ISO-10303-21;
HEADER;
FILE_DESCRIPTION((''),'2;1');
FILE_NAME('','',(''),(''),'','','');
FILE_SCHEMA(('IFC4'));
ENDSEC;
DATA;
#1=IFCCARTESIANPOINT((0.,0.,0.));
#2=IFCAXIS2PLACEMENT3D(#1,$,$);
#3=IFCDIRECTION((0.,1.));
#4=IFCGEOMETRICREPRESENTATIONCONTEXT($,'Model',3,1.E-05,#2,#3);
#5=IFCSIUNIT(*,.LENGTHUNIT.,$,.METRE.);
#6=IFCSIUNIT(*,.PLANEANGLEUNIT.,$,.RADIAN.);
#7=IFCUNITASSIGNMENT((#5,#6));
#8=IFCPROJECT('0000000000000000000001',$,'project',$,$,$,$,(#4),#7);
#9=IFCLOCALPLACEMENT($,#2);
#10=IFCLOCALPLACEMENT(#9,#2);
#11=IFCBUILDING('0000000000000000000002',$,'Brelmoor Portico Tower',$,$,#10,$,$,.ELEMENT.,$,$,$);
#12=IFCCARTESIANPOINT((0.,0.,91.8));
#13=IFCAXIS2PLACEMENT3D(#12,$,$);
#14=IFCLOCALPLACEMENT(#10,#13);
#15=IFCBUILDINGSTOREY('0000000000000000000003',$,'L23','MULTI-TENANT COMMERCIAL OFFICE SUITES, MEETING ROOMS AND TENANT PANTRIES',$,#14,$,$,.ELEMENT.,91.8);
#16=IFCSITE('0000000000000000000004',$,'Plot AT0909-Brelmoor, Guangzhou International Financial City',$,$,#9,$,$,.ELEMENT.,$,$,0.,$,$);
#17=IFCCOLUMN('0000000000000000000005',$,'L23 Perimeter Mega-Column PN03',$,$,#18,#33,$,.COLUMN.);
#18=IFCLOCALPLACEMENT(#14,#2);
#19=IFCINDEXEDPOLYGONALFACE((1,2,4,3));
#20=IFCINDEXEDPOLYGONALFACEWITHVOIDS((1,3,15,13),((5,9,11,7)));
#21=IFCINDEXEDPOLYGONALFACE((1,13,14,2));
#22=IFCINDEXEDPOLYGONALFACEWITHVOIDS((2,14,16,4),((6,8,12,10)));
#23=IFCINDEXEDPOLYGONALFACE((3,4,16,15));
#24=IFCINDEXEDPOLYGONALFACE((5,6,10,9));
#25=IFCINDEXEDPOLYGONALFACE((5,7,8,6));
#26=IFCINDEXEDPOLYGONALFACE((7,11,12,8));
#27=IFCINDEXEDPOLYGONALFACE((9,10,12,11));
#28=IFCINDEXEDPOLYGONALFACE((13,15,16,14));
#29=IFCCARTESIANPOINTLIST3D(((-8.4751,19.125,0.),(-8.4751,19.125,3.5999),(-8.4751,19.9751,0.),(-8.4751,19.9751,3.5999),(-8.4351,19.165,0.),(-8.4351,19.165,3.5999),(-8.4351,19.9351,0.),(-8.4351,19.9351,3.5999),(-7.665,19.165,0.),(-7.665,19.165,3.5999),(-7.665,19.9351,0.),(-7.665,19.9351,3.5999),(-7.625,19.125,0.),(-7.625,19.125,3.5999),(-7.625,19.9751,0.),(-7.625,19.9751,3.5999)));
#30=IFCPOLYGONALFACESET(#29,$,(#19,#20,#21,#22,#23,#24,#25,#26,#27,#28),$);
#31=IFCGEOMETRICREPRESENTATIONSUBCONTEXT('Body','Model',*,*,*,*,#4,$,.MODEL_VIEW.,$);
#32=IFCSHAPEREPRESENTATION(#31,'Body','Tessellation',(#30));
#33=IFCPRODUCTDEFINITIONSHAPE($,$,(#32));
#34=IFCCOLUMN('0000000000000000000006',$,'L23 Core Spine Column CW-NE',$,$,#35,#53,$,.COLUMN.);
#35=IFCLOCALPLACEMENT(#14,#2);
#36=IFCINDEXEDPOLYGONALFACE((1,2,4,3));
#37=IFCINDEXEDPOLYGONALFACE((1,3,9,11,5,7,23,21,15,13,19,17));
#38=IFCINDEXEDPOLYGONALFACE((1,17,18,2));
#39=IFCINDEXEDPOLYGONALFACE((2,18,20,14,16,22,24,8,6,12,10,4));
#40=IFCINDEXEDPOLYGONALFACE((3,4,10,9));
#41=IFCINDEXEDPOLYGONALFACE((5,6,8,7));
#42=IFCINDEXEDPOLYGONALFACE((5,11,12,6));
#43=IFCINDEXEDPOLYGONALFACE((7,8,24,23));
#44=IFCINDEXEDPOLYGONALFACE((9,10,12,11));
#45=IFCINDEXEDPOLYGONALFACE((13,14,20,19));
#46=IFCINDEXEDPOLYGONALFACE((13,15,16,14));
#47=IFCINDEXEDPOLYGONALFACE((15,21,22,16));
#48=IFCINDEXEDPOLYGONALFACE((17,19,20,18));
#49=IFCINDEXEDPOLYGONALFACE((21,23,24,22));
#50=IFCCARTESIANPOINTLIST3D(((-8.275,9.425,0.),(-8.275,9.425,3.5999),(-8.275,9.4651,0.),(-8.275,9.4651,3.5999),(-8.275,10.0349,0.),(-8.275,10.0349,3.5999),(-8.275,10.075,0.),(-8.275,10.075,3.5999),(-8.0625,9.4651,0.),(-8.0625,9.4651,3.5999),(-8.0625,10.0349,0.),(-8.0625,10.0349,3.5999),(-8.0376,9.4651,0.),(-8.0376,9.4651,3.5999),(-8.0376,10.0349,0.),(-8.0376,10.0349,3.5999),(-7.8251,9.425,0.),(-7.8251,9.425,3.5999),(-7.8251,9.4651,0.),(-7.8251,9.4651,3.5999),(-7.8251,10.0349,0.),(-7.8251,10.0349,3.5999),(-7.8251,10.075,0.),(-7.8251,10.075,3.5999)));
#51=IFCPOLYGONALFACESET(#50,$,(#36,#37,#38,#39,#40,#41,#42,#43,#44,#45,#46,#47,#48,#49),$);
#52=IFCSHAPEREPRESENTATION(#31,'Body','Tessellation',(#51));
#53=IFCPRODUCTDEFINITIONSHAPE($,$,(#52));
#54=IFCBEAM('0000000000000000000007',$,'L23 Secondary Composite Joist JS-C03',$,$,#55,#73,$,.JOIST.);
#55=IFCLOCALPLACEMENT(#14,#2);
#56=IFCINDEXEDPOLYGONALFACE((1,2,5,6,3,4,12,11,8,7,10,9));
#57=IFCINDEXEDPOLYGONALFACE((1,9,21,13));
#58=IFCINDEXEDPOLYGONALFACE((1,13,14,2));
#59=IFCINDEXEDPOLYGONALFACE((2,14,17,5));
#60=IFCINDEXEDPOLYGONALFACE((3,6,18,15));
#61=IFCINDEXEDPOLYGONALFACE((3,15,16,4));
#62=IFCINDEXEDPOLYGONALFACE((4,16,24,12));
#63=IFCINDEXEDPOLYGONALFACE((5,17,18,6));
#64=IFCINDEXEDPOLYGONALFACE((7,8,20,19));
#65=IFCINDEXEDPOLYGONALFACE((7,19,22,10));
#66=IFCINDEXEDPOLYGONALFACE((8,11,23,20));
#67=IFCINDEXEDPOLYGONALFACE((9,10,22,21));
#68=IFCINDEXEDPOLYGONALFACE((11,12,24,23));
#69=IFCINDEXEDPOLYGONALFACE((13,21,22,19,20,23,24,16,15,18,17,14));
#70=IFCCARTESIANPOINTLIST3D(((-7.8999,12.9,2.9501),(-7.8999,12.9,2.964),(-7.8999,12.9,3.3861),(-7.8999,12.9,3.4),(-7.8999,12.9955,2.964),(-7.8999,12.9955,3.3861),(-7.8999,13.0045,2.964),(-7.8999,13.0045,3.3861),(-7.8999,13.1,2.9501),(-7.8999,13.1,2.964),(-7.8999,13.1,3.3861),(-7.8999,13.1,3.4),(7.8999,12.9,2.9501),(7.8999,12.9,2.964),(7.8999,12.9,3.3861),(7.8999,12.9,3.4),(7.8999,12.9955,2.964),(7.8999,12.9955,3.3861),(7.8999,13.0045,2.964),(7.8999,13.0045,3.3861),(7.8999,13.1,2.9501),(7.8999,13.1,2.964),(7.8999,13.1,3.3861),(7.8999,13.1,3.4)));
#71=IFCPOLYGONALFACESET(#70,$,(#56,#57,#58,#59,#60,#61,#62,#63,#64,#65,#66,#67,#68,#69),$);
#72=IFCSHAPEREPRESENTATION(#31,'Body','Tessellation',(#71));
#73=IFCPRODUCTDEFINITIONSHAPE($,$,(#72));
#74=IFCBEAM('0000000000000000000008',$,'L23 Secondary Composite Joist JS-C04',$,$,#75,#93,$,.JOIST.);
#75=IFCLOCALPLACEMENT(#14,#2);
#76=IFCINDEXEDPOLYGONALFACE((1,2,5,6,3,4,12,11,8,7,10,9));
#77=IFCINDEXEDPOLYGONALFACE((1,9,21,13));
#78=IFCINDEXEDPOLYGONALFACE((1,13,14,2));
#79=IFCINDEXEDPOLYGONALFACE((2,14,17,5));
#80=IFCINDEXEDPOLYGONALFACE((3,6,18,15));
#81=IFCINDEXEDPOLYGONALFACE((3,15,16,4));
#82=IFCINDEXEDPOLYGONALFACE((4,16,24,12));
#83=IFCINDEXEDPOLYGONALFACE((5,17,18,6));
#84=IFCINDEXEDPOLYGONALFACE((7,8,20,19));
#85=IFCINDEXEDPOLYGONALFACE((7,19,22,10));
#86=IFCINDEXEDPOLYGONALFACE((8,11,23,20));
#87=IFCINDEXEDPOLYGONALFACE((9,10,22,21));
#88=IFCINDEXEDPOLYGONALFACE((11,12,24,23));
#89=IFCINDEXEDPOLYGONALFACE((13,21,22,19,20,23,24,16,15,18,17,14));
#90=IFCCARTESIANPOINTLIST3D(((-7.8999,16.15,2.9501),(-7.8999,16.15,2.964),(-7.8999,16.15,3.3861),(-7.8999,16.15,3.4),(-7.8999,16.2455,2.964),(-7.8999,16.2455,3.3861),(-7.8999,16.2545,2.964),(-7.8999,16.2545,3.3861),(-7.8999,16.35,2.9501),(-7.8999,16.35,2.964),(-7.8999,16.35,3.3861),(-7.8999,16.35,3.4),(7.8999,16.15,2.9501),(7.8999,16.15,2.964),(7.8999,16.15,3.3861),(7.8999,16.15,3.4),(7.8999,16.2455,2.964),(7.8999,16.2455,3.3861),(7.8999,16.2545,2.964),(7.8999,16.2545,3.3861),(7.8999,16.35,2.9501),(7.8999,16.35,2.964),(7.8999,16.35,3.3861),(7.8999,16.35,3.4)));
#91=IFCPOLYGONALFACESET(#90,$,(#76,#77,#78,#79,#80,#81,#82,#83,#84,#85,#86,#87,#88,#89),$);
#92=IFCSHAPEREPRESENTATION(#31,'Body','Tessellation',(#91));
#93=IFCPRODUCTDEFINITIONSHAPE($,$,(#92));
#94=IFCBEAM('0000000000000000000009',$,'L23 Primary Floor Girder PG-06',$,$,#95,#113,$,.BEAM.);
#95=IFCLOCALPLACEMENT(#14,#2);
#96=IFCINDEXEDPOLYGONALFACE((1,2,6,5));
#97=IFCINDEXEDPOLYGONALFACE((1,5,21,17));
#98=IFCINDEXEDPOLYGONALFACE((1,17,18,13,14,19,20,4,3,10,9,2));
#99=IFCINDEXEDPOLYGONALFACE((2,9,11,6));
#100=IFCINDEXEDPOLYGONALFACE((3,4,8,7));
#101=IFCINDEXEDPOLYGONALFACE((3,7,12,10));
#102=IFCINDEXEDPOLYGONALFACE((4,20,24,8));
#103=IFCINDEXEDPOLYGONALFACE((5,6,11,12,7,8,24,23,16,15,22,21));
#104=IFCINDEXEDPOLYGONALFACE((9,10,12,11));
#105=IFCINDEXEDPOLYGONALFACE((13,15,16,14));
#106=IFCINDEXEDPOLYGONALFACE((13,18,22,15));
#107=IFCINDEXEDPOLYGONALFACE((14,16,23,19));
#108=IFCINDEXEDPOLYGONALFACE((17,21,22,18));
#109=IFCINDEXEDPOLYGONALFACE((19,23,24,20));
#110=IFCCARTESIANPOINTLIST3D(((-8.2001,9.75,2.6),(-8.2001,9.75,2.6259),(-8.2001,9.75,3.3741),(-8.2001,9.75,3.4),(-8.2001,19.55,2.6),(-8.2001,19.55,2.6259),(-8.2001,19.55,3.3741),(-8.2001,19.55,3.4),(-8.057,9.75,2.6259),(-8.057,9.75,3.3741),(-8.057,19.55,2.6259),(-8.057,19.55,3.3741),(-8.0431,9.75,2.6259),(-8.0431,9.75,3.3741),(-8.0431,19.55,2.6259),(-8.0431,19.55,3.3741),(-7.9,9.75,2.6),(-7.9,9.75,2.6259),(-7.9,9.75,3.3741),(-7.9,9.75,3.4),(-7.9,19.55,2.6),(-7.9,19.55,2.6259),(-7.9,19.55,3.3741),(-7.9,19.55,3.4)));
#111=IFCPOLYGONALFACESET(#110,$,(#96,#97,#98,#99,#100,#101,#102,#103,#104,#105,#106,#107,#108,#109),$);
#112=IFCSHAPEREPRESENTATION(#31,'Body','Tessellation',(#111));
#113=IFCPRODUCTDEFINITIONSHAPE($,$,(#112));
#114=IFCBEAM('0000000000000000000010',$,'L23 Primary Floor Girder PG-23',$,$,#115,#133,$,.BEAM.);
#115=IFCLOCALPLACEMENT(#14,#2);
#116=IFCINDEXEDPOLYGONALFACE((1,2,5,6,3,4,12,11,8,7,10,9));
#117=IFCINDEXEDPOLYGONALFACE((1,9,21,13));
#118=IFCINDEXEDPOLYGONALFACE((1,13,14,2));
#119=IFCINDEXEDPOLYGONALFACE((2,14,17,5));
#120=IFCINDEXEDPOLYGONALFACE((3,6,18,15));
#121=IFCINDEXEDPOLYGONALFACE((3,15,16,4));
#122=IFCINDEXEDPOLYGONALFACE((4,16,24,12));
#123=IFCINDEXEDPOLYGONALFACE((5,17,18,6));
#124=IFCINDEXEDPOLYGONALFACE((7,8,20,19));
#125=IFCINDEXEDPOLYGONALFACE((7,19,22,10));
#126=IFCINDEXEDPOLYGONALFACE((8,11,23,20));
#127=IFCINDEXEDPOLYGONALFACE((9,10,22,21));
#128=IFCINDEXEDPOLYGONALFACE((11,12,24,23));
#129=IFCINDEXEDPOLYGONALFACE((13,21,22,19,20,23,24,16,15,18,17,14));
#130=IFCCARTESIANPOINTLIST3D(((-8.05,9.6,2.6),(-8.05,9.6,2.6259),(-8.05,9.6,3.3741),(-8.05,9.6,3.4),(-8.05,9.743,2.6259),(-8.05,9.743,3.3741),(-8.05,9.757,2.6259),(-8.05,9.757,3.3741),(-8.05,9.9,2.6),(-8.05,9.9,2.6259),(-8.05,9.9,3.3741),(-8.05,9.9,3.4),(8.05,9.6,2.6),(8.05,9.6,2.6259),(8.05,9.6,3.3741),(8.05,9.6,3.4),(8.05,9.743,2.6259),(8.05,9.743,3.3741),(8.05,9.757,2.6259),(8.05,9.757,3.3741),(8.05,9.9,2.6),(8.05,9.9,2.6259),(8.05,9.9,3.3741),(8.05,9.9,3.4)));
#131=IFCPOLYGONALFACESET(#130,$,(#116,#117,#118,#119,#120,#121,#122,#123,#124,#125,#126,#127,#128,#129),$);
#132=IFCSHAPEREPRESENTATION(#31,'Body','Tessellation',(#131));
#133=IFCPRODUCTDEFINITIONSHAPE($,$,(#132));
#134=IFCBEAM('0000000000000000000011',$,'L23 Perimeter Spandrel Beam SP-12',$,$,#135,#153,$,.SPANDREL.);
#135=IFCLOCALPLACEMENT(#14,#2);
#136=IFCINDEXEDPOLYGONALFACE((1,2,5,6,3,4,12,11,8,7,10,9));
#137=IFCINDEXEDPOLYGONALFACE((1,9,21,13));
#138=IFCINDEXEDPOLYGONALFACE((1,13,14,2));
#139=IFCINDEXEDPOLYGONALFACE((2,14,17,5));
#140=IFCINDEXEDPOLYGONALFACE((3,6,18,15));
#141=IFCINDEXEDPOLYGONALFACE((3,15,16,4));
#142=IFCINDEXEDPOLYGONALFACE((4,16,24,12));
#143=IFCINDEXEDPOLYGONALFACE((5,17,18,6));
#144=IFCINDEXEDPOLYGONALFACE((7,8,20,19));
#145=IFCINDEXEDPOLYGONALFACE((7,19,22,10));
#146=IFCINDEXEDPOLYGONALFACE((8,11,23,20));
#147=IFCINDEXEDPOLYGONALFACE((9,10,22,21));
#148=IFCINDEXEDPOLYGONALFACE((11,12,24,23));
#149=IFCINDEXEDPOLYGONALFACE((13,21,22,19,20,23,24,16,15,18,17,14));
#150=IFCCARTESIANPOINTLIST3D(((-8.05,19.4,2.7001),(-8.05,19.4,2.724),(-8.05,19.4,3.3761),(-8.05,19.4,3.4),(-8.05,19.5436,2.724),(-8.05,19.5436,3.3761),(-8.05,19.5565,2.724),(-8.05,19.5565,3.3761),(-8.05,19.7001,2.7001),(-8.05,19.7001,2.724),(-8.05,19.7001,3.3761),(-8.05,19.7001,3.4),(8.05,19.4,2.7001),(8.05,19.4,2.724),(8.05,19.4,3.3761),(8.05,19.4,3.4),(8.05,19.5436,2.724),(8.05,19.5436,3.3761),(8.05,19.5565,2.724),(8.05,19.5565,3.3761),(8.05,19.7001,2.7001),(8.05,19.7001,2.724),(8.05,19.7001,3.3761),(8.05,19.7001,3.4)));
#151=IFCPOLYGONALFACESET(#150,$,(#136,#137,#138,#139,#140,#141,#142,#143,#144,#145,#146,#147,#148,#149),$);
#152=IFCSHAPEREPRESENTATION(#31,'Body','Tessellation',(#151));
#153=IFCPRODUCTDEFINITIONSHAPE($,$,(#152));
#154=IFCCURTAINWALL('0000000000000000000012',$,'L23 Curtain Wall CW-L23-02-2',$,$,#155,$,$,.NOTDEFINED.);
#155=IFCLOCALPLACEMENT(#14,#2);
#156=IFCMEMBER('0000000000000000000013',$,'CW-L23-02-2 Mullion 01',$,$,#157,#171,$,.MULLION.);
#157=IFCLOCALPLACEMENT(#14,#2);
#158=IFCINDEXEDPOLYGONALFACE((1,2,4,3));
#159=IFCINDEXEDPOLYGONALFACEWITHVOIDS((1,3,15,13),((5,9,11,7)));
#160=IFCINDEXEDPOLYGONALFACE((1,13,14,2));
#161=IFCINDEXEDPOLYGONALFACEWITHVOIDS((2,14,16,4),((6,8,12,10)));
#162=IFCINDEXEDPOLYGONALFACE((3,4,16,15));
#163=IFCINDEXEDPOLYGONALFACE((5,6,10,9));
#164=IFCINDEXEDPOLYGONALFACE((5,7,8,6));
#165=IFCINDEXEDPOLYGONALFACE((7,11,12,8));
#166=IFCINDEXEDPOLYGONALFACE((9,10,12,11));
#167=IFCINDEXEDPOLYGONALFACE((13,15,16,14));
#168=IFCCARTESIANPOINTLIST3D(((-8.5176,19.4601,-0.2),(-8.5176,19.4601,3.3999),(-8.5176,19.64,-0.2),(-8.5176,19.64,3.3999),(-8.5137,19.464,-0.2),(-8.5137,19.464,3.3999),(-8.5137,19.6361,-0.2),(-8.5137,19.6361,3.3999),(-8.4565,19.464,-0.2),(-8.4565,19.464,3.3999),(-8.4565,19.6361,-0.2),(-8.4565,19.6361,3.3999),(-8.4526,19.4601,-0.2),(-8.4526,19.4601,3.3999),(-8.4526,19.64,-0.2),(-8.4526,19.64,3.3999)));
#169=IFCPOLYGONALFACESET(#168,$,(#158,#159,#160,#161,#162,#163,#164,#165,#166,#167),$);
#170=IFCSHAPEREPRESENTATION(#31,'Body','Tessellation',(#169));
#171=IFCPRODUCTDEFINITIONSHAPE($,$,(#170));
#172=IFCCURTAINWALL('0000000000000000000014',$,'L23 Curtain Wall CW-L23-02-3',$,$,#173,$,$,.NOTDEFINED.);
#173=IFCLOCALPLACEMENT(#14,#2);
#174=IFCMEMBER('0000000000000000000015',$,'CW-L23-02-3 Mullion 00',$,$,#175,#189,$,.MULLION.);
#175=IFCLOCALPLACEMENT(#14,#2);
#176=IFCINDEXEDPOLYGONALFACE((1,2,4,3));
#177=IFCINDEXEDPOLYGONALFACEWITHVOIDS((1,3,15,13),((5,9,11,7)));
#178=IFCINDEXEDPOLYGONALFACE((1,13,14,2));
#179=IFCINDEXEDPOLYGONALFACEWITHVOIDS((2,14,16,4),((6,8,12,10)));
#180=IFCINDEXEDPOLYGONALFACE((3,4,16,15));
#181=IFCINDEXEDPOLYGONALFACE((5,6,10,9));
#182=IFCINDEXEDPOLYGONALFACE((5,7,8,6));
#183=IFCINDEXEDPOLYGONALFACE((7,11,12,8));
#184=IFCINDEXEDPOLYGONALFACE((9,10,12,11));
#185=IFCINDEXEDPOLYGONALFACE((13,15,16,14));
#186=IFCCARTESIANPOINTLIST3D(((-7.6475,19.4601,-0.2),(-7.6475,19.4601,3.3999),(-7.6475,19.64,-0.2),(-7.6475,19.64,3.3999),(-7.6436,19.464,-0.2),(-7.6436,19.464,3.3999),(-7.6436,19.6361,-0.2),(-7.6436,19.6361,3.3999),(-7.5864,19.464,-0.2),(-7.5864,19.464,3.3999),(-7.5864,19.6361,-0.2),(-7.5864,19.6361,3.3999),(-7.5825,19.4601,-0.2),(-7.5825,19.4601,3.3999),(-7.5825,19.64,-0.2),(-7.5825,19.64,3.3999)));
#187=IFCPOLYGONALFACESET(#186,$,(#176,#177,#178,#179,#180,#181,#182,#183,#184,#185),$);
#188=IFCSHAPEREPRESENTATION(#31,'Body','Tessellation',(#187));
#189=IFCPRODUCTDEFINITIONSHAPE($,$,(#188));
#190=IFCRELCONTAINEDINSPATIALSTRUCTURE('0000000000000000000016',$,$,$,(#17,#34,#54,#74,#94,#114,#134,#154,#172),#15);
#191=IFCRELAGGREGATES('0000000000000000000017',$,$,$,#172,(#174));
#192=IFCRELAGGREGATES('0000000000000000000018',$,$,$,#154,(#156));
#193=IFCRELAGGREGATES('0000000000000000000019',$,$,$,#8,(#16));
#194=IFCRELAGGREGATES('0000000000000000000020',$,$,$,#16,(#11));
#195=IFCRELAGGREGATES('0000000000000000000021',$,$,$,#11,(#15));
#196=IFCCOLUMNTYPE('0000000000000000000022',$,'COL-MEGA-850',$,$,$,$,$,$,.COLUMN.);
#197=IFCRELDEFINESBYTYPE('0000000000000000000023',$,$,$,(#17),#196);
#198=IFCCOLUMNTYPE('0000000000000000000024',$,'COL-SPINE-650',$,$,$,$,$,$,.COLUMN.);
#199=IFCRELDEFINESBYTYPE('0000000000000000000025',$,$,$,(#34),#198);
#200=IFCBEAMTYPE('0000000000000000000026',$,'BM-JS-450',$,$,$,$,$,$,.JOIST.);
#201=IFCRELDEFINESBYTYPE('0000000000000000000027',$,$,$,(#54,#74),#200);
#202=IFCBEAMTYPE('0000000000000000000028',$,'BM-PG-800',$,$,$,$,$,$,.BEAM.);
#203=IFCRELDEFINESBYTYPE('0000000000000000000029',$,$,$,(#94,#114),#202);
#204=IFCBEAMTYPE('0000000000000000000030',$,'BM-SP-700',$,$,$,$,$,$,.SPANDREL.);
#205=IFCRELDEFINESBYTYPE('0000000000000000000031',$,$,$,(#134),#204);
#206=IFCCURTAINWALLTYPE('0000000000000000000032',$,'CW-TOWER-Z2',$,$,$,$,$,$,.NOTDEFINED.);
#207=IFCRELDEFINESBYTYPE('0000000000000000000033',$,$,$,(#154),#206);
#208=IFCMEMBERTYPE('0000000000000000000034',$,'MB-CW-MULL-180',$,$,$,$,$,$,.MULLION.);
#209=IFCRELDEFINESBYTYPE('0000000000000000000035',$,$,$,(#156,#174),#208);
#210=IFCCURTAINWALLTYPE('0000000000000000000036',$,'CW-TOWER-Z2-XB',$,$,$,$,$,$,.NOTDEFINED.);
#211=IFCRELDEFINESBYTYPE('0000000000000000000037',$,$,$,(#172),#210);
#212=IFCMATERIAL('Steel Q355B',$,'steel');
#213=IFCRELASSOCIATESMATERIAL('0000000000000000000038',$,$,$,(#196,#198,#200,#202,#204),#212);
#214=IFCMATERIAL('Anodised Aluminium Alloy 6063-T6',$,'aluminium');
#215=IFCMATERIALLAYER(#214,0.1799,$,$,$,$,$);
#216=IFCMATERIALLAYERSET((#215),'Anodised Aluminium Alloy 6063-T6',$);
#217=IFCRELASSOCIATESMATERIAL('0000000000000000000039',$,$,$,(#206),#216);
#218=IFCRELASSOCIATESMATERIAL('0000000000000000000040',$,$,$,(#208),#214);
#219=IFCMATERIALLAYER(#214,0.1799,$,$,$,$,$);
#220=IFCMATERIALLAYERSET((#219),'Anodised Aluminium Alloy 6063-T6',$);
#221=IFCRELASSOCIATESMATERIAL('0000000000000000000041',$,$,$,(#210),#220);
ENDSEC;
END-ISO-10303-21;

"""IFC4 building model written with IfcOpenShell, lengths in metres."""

from ifc_helpers import new_model, si_unit, direction, frame, origin, origin_2d, place, context, subcontext, project, spatial, hollow_rectangle, i_section, extrude, material, layer, layer_set, material_profile, profile_set, type_object, element, aggregate, save


model = new_model("IFC4")

# Units and contexts
model_context = context("Model", 3, precision=1e-05, world=origin(), true_north=direction((0.0, 1.0)))
body_context = subcontext(model_context, "Body", "Model", "MODEL_VIEW")
ifc_project = project(units=[si_unit("LENGTHUNIT", "METRE"), si_unit("PLANEANGLEUNIT", "RADIAN")], contexts=[model_context])

# Site, building, storey
site_placement = place(None, origin())
site = spatial("IfcSite", under=ifc_project, at=site_placement, Name="Plot AT0909-Brelmoor, Guangzhou International Financial City", CompositionType="ELEMENT", RefElevation=0.0)
building_placement = place(site_placement, origin())
building = spatial("IfcBuilding", under=site, at=building_placement, Name="Brelmoor Portico Tower", CompositionType="ELEMENT")
storey_placement = place(building_placement, frame((0.0, 0.0, 91.8)))
storey = spatial("IfcBuildingStorey", under=building, at=storey_placement, Name="L23", Description="MULTI-TENANT COMMERCIAL OFFICE SUITES, MEETING ROOMS AND TENANT PANTRIES", CompositionType="ELEMENT", Elevation=91.8)

# Columns
ifc_material_1 = material(Name="Steel Q355B", Category="steel")
ifc_material_profile_1 = material_profile(ifc_material_1, hollow_rectangle(XDim=0.8501, YDim=0.8501, WallThickness=0.04, at=origin_2d()), Name="BOX 850x850x40")
ifc_profile_set_1 = profile_set([ifc_material_profile_1], Name="Steel Q355B")
column_type_1 = type_object("IfcColumnType", Name="COL-MEGA-850", PredefinedType="COLUMN", material=ifc_profile_set_1)
column_1_placement = place(storey_placement, frame((-8.05, 19.55, 0.0), z_axis=(0.0, 0.0, 1.0), x_axis=(1.0, 0.0, 0.0)))
element("IfcColumn", 1, at=column_1_placement, inside=storey, type_object=column_type_1, Name="L23 Perimeter Mega-Column PN03", PredefinedType="COLUMN", context=body_context, shape_type="SweptSolid", body=[
    extrude(hollow_rectangle(XDim=0.8501, YDim=0.8501, WallThickness=0.04, at=origin_2d()), origin(), (0.0, 0.0, 1.0), 3.5999),
])
ifc_material_profile_2 = material_profile(ifc_material_1, i_section(OverallWidth=0.45, OverallDepth=0.6499, WebThickness=0.0249, FlangeThickness=0.04, at=origin_2d()), Name="HW 650x450x25x40")
ifc_profile_set_2 = profile_set([ifc_material_profile_2], Name="Steel Q355B")
column_type_2 = type_object("IfcColumnType", Name="COL-SPINE-650", PredefinedType="COLUMN", material=ifc_profile_set_2)
column_2_placement = place(storey_placement, frame((-8.05, 9.75, 0.0), z_axis=(0.0, 0.0, 1.0), x_axis=(1.0, 0.0, 0.0)))
element("IfcColumn", 2, at=column_2_placement, inside=storey, type_object=column_type_2, Name="L23 Core Spine Column CW-NE", PredefinedType="COLUMN", context=body_context, shape_type="SweptSolid", body=[
    extrude(i_section(OverallWidth=0.45, OverallDepth=0.6499, WebThickness=0.0249, FlangeThickness=0.04, at=origin_2d()), origin(), (0.0, 0.0, 1.0), 3.5999),
])

# Beams
ifc_material_profile_3 = material_profile(ifc_material_1, i_section(OverallWidth=0.2, OverallDepth=0.45, WebThickness=0.009, FlangeThickness=0.0139, at=origin_2d()), Name="HN 450x200x9x14")
ifc_profile_set_3 = profile_set([ifc_material_profile_3], Name="Steel Q355B")
beam_type_1 = type_object("IfcBeamType", Name="BM-JS-450", PredefinedType="JOIST", material=ifc_profile_set_3)
for number, where, z_axis, x_axis, name in (
    (3, (-7.8999, 13.0, 3.175), (1.0, 0.0, 0.0), (0.0, 1.0, 0.0), "L23 Secondary Composite Joist JS-C03"),
    (4, (-7.8999, 16.25, 3.175), (1.0, 0.0, 0.0), (0.0, 1.0, 0.0), "L23 Secondary Composite Joist JS-C04"),
):
    element("IfcBeam", number, at=place(storey_placement, frame(where, z_axis=z_axis, x_axis=x_axis)), inside=storey, type_object=beam_type_1, Name=name, PredefinedType="JOIST", context=body_context, shape_type="SweptSolid", body=[
        extrude(i_section(OverallWidth=0.2, OverallDepth=0.45, WebThickness=0.009, FlangeThickness=0.0139, at=origin_2d()), origin(), (0.0, 0.0, 1.0), 15.7998),
    ])
ifc_material_profile_4 = material_profile(ifc_material_1, i_section(OverallWidth=0.3, OverallDepth=0.8, WebThickness=0.0139, FlangeThickness=0.0259, at=origin_2d()), Name="HN 800x300x14x26")
ifc_profile_set_4 = profile_set([ifc_material_profile_4], Name="Steel Q355B")
beam_type_2 = type_object("IfcBeamType", Name="BM-PG-800", PredefinedType="BEAM", material=ifc_profile_set_4)
beam_1_placement = place(storey_placement, frame((-8.05, 9.75, 3.0), z_axis=(0.0, 1.0, 0.0), x_axis=(-1.0, 0.0, 0.0)))
element("IfcBeam", 5, at=beam_1_placement, inside=storey, type_object=beam_type_2, Name="L23 Primary Floor Girder PG-06", PredefinedType="BEAM", context=body_context, shape_type="SweptSolid", body=[
    extrude(i_section(OverallWidth=0.3, OverallDepth=0.8, WebThickness=0.0139, FlangeThickness=0.0259, at=origin_2d()), origin(), (0.0, 0.0, 1.0), 9.8),
])
beam_2_placement = place(storey_placement, frame((-8.05, 9.75, 3.0), z_axis=(1.0, 0.0, 0.0), x_axis=(0.0, 1.0, 0.0)))
element("IfcBeam", 6, at=beam_2_placement, inside=storey, type_object=beam_type_2, Name="L23 Primary Floor Girder PG-23", PredefinedType="BEAM", context=body_context, shape_type="SweptSolid", body=[
    extrude(i_section(OverallWidth=0.3, OverallDepth=0.8, WebThickness=0.0139, FlangeThickness=0.0259, at=origin_2d()), origin(), (0.0, 0.0, 1.0), 16.1001),
])
ifc_material_profile_5 = material_profile(ifc_material_1, i_section(OverallWidth=0.3, OverallDepth=0.7, WebThickness=0.0129, FlangeThickness=0.0239, at=origin_2d()), Name="HN 700x300x13x24")
ifc_profile_set_5 = profile_set([ifc_material_profile_5], Name="Steel Q355B")
beam_type_3 = type_object("IfcBeamType", Name="BM-SP-700", PredefinedType="SPANDREL", material=ifc_profile_set_5)
beam_3_placement = place(storey_placement, frame((-8.05, 19.55, 3.05), z_axis=(1.0, 0.0, 0.0), x_axis=(0.0, 1.0, 0.0)))
element("IfcBeam", 7, at=beam_3_placement, inside=storey, type_object=beam_type_3, Name="L23 Perimeter Spandrel Beam SP-12", PredefinedType="SPANDREL", context=body_context, shape_type="SweptSolid", body=[
    extrude(i_section(OverallWidth=0.3, OverallDepth=0.7, WebThickness=0.0129, FlangeThickness=0.0239, at=origin_2d()), origin(), (0.0, 0.0, 1.0), 16.1001),
])

# Curtain walls, members
ifc_material_2 = material(Name="Anodised Aluminium Alloy 6063-T6", Category="aluminium")
ifc_layer_1 = layer(ifc_material_2, 0.1799)
ifc_layer_set_1 = layer_set([ifc_layer_1], Name="Anodised Aluminium Alloy 6063-T6")
curtain_wall_type_1 = type_object("IfcCurtainWallType", Name="CW-TOWER-Z2", PredefinedType="NOTDEFINED", material=ifc_layer_set_1)
curtain_wall_1_placement = place(storey_placement, origin())
curtain_wall_1 = element("IfcCurtainWall", 8, at=curtain_wall_1_placement, inside=storey, type_object=curtain_wall_type_1, Name="L23 Curtain Wall CW-L23-02-2", PredefinedType="NOTDEFINED")
ifc_material_profile_6 = material_profile(ifc_material_2, hollow_rectangle(XDim=0.0649, YDim=0.1799, WallThickness=0.0039, at=origin_2d()), Name="ALU MULLION 65x180")
ifc_profile_set_6 = profile_set([ifc_material_profile_6], Name="Anodised Aluminium Alloy 6063-T6")
member_type_1 = type_object("IfcMemberType", Name="MB-CW-MULL-180", PredefinedType="MULLION", material=ifc_profile_set_6)
member_1_placement = place(storey_placement, frame((-8.4851, 19.55, -0.2), z_axis=(0.0, 0.0, 1.0), x_axis=(1.0, 0.0, 0.0)))
member_1 = element("IfcMember", 9, at=member_1_placement, type_object=member_type_1, Name="CW-L23-02-2 Mullion 01", PredefinedType="MULLION", context=body_context, shape_type="SweptSolid", body=[
    extrude(hollow_rectangle(XDim=0.0649, YDim=0.1799, WallThickness=0.0039, at=origin_2d()), origin(), (0.0, 0.0, 1.0), 3.5999),
])
ifc_layer_2 = layer(ifc_material_2, 0.1799)
ifc_layer_set_2 = layer_set([ifc_layer_2], Name="Anodised Aluminium Alloy 6063-T6")
curtain_wall_type_2 = type_object("IfcCurtainWallType", Name="CW-TOWER-Z2-XB", PredefinedType="NOTDEFINED", material=ifc_layer_set_2)
curtain_wall_2_placement = place(storey_placement, origin())
curtain_wall_2 = element("IfcCurtainWall", 10, at=curtain_wall_2_placement, inside=storey, type_object=curtain_wall_type_2, Name="L23 Curtain Wall CW-L23-02-3", PredefinedType="NOTDEFINED")
member_2_placement = place(storey_placement, frame((-7.615, 19.55, -0.2), z_axis=(0.0, 0.0, 1.0), x_axis=(1.0, 0.0, 0.0)))
member_2 = element("IfcMember", 11, at=member_2_placement, type_object=member_type_1, Name="CW-L23-02-3 Mullion 00", PredefinedType="MULLION", context=body_context, shape_type="SweptSolid", body=[
    extrude(hollow_rectangle(XDim=0.0649, YDim=0.1799, WallThickness=0.0039, at=origin_2d()), origin(), (0.0, 0.0, 1.0), 3.5999),
])

aggregate(curtain_wall_2, [member_2])

aggregate(curtain_wall_1, [member_1])

save(model, "model.ifc")
